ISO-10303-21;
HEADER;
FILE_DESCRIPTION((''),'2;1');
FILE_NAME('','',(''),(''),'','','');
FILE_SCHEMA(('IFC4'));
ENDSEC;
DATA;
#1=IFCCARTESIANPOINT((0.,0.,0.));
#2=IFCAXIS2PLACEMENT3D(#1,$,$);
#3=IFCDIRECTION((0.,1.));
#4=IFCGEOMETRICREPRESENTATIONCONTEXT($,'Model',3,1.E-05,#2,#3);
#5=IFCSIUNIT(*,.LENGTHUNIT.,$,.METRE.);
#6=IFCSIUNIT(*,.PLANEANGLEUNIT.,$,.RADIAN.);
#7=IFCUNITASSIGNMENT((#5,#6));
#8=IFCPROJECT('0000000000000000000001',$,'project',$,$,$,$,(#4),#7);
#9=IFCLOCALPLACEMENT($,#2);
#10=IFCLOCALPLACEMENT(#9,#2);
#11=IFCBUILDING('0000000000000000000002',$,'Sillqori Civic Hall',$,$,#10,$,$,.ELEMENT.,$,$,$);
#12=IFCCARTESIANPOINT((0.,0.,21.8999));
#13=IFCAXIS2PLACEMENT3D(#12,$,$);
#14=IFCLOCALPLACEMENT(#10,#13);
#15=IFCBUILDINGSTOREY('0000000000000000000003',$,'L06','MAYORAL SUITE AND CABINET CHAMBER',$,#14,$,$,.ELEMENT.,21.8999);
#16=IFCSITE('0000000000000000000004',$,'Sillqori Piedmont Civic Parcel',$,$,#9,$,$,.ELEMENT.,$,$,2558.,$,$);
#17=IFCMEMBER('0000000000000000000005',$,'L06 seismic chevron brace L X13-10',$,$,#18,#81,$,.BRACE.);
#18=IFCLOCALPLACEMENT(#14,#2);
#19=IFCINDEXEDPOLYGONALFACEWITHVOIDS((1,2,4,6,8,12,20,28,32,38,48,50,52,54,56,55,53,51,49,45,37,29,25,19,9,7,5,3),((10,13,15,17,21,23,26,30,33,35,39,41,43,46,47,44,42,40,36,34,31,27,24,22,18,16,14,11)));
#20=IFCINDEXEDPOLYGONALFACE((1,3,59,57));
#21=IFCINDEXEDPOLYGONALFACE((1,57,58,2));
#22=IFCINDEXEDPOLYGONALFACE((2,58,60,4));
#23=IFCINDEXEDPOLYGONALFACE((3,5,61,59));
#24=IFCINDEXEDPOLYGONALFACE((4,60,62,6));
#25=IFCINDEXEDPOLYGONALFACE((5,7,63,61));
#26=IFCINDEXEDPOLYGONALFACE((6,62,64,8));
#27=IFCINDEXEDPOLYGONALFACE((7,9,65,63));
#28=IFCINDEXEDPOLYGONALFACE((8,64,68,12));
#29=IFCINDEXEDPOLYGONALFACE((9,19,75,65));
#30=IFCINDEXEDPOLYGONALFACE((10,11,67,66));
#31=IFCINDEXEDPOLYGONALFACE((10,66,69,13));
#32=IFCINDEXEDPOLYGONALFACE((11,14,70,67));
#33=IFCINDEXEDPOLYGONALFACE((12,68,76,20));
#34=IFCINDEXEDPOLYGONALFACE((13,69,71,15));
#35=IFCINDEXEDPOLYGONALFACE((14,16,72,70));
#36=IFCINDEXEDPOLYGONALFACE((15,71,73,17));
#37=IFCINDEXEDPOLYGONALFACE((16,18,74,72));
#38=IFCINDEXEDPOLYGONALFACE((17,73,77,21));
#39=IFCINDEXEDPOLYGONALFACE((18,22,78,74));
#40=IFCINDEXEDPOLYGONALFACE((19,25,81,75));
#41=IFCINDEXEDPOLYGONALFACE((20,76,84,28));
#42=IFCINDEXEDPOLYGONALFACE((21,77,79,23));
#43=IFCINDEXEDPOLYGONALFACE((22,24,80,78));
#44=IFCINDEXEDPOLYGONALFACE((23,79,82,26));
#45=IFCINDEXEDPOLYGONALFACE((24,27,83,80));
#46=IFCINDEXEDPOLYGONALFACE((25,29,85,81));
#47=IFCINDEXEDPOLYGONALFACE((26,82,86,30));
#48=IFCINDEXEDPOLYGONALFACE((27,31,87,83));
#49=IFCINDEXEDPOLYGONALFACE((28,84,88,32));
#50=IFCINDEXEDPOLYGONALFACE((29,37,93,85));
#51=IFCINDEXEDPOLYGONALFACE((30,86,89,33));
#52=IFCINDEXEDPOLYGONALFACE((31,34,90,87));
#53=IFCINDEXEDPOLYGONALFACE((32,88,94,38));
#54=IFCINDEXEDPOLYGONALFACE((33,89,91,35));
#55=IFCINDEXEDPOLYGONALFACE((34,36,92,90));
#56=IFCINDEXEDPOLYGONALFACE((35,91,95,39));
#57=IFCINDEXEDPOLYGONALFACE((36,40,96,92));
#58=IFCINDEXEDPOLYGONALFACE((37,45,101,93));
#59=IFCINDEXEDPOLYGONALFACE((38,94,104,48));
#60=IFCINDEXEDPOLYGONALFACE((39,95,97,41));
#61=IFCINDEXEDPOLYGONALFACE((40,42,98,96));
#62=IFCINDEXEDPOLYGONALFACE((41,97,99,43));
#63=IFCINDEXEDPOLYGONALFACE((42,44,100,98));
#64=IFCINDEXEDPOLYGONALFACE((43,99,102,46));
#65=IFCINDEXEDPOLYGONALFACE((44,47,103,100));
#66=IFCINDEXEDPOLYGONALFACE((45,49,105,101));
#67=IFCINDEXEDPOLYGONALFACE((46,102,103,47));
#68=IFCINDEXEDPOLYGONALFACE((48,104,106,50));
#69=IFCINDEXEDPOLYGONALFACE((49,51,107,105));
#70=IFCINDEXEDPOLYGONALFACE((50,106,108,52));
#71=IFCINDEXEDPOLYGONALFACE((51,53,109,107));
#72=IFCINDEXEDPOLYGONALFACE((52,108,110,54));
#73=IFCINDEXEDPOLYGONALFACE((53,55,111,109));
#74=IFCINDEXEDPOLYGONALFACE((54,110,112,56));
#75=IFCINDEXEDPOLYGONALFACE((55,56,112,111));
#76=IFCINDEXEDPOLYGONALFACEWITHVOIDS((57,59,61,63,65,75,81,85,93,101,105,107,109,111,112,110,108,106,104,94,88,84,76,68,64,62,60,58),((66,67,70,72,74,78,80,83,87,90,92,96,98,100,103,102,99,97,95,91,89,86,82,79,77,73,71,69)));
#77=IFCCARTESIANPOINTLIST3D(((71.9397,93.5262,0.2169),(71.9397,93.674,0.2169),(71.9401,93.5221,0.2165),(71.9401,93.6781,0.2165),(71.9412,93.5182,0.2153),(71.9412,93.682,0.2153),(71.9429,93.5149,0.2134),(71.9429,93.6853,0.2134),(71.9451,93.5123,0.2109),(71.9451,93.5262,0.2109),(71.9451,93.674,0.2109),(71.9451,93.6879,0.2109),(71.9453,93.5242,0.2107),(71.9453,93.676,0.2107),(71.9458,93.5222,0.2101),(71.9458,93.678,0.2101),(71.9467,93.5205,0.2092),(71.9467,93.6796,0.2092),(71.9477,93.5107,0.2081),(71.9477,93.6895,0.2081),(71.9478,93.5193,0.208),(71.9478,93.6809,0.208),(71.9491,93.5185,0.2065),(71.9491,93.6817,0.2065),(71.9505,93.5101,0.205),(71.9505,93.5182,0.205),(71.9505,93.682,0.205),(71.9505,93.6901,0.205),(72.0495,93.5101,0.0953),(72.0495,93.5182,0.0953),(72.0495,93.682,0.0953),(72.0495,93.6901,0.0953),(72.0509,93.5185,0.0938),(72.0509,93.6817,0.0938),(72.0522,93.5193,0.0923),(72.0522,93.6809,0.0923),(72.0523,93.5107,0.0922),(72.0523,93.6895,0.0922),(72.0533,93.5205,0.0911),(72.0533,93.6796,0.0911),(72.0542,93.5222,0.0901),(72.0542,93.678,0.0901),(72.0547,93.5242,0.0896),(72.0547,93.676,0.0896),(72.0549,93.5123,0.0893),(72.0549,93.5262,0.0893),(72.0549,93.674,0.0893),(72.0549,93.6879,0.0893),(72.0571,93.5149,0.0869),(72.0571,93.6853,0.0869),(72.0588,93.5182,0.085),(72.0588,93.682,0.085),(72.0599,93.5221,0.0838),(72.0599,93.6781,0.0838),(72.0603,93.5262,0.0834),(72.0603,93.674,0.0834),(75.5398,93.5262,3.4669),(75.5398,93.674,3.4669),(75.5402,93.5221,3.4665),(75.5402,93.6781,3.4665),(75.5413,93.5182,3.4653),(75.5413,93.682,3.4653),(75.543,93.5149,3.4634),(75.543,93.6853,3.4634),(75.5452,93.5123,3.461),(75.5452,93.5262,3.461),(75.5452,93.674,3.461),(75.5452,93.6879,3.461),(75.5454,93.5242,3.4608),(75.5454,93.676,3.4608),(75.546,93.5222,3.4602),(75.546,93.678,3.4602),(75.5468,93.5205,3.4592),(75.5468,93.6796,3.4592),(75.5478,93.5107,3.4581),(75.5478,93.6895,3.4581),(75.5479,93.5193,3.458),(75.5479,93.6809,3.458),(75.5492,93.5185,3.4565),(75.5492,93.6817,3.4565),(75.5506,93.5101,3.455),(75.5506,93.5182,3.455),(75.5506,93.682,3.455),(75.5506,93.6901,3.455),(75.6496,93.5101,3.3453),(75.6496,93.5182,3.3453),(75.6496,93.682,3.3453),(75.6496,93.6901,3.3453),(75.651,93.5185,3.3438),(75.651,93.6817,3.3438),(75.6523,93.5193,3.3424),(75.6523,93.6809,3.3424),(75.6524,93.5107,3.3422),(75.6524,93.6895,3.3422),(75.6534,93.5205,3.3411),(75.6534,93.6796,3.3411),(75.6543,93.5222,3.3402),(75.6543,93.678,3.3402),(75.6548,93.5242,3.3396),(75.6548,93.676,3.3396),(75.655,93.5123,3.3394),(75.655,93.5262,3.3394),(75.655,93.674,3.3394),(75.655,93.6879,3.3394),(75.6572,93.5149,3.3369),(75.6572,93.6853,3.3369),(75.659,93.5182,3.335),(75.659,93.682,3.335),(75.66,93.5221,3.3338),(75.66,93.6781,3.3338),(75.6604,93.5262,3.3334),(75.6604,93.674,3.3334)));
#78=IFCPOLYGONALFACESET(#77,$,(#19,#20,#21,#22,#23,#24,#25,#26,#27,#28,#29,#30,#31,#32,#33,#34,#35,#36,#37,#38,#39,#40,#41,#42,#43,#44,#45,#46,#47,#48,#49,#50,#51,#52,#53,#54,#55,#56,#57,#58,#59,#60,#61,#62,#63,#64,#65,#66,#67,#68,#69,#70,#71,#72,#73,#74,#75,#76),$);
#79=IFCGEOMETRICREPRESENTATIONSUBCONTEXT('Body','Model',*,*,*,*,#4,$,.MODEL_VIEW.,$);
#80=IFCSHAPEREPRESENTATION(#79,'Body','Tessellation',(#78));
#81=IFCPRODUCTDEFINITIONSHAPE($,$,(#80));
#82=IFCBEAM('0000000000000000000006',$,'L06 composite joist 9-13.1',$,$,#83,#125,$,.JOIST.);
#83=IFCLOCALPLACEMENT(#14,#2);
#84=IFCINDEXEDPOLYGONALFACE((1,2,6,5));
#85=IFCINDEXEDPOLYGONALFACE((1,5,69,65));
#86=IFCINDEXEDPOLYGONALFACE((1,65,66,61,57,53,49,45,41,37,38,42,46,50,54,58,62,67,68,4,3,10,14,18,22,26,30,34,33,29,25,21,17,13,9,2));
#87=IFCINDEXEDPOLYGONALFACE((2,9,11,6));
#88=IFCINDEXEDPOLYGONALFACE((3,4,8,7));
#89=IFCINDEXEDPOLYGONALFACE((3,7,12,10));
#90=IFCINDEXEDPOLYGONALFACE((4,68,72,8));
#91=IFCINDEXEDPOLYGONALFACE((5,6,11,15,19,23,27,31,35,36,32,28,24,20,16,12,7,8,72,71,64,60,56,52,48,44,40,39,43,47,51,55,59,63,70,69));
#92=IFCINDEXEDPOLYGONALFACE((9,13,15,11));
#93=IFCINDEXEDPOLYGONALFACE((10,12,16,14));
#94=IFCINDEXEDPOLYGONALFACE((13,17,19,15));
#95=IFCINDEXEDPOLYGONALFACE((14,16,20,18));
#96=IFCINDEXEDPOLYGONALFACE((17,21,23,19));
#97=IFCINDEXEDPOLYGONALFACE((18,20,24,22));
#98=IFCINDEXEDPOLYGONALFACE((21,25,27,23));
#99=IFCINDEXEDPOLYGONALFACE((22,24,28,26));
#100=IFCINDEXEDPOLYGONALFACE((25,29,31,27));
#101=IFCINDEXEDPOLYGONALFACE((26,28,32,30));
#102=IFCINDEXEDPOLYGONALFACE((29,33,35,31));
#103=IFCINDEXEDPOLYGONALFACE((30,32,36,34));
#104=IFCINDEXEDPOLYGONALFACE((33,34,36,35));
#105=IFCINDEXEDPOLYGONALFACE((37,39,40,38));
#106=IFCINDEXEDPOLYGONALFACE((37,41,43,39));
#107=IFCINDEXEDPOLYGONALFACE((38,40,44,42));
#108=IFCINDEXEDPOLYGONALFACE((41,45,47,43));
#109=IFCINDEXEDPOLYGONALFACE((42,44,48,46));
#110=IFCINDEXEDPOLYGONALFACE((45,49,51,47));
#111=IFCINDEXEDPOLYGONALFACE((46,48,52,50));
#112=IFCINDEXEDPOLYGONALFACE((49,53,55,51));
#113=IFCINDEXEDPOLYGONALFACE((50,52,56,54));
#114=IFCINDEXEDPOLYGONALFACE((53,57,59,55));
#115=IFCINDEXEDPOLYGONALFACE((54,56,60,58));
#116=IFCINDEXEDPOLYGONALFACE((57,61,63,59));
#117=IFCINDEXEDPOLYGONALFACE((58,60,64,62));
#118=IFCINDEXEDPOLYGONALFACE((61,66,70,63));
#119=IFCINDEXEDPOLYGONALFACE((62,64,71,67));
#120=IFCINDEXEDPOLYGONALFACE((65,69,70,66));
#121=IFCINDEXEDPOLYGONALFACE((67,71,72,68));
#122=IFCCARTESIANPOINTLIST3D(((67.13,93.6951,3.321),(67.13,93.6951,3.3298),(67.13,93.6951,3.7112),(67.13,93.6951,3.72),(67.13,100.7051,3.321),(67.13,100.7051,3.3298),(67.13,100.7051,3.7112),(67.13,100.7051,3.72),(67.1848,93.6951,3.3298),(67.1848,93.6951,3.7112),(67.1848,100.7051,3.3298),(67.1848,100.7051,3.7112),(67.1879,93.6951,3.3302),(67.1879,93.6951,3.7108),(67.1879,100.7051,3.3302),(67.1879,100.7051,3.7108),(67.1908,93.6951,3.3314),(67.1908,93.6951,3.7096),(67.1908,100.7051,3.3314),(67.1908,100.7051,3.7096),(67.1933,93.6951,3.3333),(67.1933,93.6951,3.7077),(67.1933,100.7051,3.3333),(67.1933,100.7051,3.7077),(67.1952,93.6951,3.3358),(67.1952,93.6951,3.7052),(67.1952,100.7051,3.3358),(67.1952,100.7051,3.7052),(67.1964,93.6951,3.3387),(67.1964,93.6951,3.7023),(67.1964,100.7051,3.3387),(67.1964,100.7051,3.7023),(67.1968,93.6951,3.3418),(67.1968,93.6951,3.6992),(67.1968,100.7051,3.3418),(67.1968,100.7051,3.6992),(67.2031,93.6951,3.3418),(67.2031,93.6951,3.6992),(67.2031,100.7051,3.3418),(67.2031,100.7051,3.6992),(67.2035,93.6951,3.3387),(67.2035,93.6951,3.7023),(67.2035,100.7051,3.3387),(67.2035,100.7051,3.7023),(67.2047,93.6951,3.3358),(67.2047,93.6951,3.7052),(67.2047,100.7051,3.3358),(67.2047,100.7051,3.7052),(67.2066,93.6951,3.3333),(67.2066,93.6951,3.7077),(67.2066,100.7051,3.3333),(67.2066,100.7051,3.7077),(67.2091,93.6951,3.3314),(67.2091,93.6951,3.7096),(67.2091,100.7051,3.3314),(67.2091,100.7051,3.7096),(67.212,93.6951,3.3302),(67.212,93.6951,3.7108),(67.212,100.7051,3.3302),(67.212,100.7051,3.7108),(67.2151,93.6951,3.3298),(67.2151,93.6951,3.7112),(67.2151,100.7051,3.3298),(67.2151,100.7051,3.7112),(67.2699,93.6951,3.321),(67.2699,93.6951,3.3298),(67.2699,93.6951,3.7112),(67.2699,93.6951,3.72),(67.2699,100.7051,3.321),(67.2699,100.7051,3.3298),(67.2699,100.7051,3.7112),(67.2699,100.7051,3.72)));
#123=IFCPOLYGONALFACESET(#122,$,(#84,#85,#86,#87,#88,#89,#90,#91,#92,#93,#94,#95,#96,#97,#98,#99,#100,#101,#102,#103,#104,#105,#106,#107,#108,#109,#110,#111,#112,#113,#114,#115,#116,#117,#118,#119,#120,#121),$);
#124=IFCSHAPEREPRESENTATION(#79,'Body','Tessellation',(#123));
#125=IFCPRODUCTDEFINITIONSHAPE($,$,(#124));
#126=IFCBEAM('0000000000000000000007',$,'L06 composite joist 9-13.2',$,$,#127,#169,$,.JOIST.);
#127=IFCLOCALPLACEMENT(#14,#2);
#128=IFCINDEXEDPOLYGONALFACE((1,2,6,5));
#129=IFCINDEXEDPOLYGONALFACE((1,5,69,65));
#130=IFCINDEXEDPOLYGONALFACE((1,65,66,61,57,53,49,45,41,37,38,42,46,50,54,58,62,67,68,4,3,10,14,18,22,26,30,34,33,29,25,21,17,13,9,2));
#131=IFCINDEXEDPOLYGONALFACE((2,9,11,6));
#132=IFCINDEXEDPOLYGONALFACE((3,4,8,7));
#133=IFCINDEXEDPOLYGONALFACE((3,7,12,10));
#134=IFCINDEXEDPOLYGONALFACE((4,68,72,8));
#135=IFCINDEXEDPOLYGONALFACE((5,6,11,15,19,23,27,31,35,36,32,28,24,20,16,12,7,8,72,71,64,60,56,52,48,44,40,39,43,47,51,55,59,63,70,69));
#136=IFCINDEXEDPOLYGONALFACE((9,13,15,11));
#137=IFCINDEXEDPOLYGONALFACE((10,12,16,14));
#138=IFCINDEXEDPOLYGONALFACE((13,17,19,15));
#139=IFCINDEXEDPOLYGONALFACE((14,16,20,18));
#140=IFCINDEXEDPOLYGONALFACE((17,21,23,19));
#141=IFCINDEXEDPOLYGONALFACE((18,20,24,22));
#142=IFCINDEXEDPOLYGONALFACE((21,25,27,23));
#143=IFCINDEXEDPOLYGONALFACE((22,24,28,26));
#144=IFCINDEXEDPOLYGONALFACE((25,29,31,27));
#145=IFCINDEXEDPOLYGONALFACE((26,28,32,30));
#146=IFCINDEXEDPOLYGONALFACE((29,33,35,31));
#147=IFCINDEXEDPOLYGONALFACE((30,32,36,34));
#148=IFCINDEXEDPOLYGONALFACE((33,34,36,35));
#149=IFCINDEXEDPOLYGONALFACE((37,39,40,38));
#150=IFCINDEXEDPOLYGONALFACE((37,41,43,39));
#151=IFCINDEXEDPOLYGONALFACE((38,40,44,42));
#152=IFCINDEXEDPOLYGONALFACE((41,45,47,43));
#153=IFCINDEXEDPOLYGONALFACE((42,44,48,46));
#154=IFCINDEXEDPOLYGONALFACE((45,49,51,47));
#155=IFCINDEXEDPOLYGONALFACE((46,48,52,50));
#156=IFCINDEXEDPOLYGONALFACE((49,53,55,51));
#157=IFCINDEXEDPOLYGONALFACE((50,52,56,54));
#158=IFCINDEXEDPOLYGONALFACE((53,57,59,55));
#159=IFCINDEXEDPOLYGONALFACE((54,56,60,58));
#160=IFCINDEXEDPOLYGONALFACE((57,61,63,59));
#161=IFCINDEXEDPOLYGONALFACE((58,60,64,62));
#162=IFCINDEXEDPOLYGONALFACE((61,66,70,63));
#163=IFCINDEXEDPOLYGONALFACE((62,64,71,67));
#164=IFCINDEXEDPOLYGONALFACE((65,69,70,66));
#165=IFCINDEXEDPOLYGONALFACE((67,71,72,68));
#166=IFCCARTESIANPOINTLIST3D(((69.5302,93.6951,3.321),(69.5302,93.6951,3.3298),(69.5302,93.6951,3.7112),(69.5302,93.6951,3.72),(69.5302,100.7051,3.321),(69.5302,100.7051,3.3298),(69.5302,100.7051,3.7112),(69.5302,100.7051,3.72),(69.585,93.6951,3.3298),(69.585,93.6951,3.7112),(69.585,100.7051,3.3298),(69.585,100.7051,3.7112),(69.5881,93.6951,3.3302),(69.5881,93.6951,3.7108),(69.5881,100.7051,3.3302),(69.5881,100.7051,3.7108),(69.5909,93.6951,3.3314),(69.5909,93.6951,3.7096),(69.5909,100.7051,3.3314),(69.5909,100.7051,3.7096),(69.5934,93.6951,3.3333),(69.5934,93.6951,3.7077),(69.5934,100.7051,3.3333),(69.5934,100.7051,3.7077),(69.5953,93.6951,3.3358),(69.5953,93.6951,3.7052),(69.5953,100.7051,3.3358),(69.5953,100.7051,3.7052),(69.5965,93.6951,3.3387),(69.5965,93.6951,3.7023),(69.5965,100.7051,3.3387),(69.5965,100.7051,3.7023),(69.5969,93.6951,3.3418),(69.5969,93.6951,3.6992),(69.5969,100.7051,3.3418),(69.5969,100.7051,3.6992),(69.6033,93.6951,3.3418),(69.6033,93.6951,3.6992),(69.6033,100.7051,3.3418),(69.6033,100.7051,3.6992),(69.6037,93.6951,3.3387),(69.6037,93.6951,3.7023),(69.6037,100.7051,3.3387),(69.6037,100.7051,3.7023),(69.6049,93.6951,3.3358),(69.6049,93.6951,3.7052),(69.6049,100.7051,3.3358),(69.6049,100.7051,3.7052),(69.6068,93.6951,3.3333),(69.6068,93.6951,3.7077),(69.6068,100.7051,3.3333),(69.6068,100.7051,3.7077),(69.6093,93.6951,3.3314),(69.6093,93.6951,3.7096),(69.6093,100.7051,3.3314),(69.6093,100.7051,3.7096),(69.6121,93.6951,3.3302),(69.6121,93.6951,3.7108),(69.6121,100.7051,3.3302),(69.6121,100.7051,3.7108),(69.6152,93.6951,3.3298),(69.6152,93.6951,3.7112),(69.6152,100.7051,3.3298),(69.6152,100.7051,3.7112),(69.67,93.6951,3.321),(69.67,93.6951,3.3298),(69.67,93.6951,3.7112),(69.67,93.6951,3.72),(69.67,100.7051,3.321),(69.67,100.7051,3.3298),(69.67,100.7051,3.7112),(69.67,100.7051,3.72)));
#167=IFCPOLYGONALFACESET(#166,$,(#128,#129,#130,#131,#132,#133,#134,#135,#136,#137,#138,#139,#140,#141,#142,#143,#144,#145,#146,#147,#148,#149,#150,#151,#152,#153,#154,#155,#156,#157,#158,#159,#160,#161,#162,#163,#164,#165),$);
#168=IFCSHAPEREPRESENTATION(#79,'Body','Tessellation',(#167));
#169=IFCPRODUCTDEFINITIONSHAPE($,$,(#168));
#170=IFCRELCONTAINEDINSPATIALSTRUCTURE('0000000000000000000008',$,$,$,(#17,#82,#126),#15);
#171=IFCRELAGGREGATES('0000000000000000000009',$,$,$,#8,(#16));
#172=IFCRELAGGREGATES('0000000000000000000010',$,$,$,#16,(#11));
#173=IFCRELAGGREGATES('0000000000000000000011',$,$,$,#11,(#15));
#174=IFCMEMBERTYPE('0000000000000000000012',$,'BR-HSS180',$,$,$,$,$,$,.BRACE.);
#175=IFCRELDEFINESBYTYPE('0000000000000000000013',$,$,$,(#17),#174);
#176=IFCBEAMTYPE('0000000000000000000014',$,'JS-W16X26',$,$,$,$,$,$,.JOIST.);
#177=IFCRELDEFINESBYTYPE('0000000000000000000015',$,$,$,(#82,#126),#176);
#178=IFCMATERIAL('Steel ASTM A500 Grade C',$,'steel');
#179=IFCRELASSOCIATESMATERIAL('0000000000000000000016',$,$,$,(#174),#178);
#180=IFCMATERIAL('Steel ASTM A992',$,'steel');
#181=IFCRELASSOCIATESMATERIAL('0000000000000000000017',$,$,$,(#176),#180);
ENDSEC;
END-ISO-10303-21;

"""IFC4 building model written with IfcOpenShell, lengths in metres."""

from ifc_helpers import new_model, si_unit, direction, frame, origin, origin_2d, place, context, subcontext, project, spatial, hollow_rectangle, i_section, extrude, material, material_profile, profile_set, type_object, element, save


model = new_model("IFC4")

# Units and contexts
model_context = context("Model", 3, precision=1e-05, world=origin(), true_north=direction((0.0, 1.0)))
body_context = subcontext(model_context, "Body", "Model", "MODEL_VIEW")
ifc_project = project(units=[si_unit("LENGTHUNIT", "METRE"), si_unit("PLANEANGLEUNIT", "RADIAN")], contexts=[model_context])

# Site, building, storey
site_placement = place(None, origin())
site = spatial("IfcSite", under=ifc_project, at=site_placement, Name="Sillqori Piedmont Civic Parcel", CompositionType="ELEMENT", RefElevation=2558.0)
building_placement = place(site_placement, origin())
building = spatial("IfcBuilding", under=site, at=building_placement, Name="Sillqori Civic Hall", CompositionType="ELEMENT")
storey_placement = place(building_placement, frame((0.0, 0.0, 21.8999)))
storey = spatial("IfcBuildingStorey", under=building, at=storey_placement, Name="L06", Description="MAYORAL SUITE AND CABINET CHAMBER", CompositionType="ELEMENT", Elevation=21.8999)

# Member
ifc_material_1 = material(Name="Steel ASTM A500 Grade C", Category="steel")
ifc_material_profile_1 = material_profile(ifc_material_1, hollow_rectangle(XDim=0.1799, YDim=0.1799, WallThickness=0.0081, InnerFilletRadius=0.0081, OuterFilletRadius=0.0161, at=origin_2d()), Name="HSS180X180X8")
ifc_profile_set_1 = profile_set([ifc_material_profile_1], Name="Steel ASTM A500 Grade C")
member_type_1 = type_object("IfcMemberType", Name="BR-HSS180", PredefinedType="BRACE", material=ifc_profile_set_1)
member_1_placement = place(storey_placement, frame((72.0, 93.6001, 0.1501), z_axis=(0.742277, 0.0, 0.670093), x_axis=(0.0, 1.0, 0.0)))
element("IfcMember", 1, at=member_1_placement, inside=storey, type_object=member_type_1, Name="L06 seismic chevron brace L X13-10", PredefinedType="BRACE", context=body_context, shape_type="SweptSolid", body=[
    extrude(hollow_rectangle(XDim=0.1799, YDim=0.1799, WallThickness=0.0081, InnerFilletRadius=0.0081, OuterFilletRadius=0.0161, at=origin_2d()), origin(), (0.0, 0.0, 1.0), 4.8501),
])

# Beams
ifc_material_2 = material(Name="Steel ASTM A992", Category="steel")
ifc_material_profile_2 = material_profile(ifc_material_2, i_section(OverallWidth=0.1399, OverallDepth=0.3989, WebThickness=0.0063, FlangeThickness=0.0088, FilletRadius=0.012, at=origin_2d()), Name="W16X26")
ifc_profile_set_2 = profile_set([ifc_material_profile_2], Name="Steel ASTM A992")
beam_type_1 = type_object("IfcBeamType", Name="JS-W16X26", PredefinedType="JOIST", material=ifc_profile_set_2)
for number, where, z_axis, x_axis, name in (
    (2, (67.2, 93.6951, 3.5205), (0.0, 1.0, 0.0), (-1.0, 0.0, 0.0), "L06 composite joist 9-13.1"),
    (3, (69.6001, 93.6951, 3.5205), (0.0, 1.0, 0.0), (-1.0, 0.0, 0.0), "L06 composite joist 9-13.2"),
):
    element("IfcBeam", number, at=place(storey_placement, frame(where, z_axis=z_axis, x_axis=x_axis)), inside=storey, type_object=beam_type_1, Name=name, PredefinedType="JOIST", context=body_context, shape_type="SweptSolid", body=[
        extrude(i_section(OverallWidth=0.1399, OverallDepth=0.3989, WebThickness=0.0063, FlangeThickness=0.0088, FilletRadius=0.012, at=origin_2d()), origin(), (0.0, 0.0, 1.0), 7.01),
    ])

save(model, "model.ifc")
